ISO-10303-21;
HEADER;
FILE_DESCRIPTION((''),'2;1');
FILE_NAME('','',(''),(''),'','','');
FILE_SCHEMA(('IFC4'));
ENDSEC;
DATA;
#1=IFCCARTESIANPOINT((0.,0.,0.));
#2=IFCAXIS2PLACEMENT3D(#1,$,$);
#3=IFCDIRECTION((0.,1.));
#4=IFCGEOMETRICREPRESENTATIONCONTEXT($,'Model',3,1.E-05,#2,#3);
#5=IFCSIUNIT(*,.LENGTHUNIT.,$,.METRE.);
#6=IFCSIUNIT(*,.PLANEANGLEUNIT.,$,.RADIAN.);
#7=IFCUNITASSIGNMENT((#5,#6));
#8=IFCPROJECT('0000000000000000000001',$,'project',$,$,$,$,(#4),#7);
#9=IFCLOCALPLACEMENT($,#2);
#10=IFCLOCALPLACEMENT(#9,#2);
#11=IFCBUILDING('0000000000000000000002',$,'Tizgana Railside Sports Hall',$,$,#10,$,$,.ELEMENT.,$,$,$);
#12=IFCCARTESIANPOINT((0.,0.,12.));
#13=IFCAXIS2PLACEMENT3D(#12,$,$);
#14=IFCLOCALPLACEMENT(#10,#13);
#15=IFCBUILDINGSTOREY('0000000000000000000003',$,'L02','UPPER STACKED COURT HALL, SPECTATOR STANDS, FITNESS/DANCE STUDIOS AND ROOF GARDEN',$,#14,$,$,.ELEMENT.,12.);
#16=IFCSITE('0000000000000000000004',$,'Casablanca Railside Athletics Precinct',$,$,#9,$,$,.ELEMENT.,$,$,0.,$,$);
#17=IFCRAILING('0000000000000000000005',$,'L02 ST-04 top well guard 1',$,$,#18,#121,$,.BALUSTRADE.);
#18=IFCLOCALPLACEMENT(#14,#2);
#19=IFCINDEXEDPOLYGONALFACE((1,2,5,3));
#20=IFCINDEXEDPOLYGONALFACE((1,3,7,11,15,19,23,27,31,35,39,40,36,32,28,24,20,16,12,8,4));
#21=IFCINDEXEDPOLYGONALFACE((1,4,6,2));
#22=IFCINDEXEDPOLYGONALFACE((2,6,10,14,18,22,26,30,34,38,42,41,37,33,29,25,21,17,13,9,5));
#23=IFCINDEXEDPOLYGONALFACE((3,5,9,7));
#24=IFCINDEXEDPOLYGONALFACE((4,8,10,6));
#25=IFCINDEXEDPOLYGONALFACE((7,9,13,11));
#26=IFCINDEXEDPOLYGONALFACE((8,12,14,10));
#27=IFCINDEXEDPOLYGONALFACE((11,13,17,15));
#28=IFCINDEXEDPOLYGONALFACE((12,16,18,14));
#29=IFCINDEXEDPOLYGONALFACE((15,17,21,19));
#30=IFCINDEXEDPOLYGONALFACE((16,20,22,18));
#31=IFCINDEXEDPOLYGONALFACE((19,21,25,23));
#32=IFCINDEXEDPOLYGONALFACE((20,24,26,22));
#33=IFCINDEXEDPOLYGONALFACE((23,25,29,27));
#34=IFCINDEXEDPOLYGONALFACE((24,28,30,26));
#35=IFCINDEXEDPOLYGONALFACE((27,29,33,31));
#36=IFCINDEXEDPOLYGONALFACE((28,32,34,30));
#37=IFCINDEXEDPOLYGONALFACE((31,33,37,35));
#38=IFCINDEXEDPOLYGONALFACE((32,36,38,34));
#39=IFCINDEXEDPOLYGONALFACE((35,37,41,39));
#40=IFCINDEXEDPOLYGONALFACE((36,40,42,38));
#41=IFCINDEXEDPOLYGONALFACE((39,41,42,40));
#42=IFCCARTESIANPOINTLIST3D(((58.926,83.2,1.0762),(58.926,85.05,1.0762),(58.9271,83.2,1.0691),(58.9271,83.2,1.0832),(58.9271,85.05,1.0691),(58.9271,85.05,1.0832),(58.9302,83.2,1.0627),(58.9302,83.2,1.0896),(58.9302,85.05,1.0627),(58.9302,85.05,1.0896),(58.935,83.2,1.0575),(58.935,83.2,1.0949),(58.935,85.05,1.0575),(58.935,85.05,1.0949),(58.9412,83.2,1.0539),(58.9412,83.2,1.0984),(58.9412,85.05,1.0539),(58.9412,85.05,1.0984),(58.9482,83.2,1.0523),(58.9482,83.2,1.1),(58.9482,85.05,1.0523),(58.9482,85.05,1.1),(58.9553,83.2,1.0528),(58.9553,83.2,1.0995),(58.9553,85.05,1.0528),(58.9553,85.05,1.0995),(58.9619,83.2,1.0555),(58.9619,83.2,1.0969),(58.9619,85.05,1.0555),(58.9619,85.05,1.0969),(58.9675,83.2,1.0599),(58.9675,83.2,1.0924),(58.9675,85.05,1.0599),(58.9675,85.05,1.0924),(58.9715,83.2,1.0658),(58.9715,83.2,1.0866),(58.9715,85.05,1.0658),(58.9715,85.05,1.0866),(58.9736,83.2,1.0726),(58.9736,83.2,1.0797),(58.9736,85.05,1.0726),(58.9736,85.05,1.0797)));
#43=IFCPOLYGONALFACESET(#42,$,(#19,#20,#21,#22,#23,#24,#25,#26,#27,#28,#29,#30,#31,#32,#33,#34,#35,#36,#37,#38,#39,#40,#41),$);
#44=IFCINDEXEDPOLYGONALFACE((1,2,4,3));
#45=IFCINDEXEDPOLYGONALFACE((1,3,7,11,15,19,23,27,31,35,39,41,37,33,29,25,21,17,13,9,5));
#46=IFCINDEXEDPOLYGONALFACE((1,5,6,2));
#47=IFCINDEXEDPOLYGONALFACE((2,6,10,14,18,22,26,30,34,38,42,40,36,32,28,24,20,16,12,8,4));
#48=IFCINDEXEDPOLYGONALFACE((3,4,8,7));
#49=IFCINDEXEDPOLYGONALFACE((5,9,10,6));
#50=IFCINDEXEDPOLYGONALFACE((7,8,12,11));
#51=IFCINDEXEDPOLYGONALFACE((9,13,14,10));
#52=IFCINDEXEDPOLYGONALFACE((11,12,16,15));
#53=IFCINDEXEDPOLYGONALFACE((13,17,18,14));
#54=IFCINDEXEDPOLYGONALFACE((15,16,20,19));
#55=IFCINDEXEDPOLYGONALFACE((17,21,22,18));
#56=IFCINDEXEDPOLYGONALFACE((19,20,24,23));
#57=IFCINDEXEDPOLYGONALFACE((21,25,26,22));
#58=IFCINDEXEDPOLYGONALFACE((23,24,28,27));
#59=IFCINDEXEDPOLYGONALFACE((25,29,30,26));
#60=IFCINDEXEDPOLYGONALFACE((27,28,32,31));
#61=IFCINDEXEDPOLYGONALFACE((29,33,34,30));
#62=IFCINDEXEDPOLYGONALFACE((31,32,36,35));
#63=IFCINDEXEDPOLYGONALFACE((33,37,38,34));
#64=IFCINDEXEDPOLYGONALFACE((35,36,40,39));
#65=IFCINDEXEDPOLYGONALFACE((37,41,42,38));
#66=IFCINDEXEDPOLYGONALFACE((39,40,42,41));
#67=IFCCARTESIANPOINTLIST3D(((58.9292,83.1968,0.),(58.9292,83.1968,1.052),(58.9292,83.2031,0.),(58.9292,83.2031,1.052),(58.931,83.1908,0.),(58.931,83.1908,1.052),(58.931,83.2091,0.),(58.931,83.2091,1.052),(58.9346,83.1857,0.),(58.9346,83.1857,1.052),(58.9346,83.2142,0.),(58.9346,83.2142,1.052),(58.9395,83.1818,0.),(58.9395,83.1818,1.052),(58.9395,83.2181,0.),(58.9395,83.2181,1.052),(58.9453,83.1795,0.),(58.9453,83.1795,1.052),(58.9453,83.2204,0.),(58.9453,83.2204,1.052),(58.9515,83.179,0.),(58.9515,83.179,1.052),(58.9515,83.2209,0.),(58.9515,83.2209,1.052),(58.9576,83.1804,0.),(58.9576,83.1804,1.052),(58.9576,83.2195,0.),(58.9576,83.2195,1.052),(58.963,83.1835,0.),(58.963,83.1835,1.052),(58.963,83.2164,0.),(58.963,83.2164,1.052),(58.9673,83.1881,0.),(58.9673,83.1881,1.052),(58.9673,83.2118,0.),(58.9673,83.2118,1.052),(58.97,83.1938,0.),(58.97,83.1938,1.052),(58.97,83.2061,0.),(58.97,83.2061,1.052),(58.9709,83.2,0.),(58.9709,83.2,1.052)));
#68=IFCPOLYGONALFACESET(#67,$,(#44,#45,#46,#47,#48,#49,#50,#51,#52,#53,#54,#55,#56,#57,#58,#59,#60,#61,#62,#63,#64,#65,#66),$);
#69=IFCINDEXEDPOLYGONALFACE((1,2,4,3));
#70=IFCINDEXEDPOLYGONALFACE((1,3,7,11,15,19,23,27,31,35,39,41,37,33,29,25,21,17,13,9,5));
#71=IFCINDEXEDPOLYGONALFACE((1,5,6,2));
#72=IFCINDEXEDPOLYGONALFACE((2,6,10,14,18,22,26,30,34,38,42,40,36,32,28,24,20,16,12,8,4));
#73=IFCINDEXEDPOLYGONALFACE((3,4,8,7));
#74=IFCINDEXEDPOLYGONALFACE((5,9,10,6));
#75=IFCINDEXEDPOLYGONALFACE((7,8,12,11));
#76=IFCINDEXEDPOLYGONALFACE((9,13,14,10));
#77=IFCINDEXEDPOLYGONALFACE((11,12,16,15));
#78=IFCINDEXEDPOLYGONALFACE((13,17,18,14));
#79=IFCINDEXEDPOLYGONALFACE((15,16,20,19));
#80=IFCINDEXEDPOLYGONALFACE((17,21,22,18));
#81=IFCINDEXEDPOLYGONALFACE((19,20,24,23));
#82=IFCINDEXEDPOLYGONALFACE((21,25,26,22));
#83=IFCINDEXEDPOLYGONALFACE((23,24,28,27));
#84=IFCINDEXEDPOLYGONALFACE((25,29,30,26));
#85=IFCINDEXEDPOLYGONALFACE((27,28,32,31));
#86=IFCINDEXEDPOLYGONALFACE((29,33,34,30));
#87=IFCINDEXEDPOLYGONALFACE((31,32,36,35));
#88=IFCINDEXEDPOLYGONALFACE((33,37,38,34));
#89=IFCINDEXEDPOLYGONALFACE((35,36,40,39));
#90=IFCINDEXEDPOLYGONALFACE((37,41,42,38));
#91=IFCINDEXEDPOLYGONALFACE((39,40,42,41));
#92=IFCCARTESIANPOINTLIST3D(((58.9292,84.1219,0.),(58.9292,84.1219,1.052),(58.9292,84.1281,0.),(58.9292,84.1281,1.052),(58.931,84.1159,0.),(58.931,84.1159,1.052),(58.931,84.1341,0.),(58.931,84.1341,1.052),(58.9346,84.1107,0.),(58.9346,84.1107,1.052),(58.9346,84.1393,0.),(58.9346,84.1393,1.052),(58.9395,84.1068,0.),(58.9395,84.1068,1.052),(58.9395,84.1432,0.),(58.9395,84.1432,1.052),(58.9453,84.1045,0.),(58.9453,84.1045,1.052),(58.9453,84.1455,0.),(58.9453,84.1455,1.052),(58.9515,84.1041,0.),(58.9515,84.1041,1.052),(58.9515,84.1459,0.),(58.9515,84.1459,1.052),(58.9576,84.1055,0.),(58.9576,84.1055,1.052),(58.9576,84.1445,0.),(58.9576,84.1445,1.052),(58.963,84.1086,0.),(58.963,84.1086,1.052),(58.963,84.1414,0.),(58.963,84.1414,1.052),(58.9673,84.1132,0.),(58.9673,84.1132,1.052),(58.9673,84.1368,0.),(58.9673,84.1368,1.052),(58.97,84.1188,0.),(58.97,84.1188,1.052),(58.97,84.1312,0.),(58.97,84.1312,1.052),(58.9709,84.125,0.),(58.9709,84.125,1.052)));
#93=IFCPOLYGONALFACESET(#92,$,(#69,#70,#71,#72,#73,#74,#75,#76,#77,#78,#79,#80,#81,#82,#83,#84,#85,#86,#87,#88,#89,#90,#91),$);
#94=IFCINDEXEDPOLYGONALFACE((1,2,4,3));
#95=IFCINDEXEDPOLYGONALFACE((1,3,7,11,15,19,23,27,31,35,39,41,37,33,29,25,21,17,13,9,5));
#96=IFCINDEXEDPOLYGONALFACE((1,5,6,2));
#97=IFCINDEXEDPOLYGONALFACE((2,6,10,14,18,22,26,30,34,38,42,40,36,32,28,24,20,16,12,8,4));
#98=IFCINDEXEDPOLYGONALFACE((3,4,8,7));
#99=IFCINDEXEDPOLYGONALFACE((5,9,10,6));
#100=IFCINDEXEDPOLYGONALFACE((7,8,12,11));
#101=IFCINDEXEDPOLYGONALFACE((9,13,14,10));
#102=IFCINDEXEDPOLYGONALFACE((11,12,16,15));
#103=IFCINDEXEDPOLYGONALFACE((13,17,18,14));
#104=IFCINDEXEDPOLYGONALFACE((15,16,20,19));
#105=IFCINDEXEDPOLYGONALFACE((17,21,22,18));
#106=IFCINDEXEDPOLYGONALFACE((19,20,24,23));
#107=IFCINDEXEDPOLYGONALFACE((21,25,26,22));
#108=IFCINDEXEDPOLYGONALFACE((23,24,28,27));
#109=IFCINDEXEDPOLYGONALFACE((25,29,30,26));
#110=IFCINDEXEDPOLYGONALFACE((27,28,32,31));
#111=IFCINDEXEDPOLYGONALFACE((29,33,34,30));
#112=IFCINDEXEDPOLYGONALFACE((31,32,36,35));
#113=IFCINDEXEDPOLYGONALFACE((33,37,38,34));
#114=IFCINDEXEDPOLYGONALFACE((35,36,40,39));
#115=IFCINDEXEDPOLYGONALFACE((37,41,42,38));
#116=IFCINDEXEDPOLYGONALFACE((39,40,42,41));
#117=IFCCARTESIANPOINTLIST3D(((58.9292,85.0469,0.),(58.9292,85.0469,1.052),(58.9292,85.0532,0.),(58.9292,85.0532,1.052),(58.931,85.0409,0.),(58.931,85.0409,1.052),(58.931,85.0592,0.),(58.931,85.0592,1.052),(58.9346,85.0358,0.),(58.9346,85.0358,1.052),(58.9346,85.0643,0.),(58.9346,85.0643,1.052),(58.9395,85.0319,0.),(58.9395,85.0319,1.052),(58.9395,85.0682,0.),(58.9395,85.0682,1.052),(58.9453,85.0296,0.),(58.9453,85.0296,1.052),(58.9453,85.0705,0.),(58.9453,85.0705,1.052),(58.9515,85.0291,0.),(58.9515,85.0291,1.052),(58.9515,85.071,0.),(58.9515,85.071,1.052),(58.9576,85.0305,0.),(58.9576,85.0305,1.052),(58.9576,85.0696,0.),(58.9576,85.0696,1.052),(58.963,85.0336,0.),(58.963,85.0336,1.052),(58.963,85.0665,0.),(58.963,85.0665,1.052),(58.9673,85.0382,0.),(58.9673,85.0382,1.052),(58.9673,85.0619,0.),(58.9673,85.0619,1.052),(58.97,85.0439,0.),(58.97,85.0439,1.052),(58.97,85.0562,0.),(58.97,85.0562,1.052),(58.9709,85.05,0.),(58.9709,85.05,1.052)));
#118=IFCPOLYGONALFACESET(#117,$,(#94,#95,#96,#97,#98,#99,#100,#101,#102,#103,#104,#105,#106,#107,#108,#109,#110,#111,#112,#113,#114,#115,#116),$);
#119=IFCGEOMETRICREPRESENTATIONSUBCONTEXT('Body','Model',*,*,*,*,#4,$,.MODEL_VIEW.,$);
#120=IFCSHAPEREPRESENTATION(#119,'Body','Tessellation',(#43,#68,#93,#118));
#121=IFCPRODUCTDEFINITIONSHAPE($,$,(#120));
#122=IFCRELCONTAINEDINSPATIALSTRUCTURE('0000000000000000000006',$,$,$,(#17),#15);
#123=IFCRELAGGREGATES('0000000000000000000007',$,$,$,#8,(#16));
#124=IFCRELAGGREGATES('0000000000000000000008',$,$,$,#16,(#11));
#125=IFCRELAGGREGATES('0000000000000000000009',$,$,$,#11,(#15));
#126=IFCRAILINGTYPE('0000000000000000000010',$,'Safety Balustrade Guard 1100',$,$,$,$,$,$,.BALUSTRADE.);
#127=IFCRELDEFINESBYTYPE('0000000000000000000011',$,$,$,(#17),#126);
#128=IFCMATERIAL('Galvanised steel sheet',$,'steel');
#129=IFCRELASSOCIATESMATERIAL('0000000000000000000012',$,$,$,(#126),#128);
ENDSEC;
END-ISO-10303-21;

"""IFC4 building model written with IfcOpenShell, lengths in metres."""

from ifc_helpers import new_model, si_unit, direction, frame, origin, origin_2d, place, context, subcontext, project, spatial, circle, extrude, material, type_object, element, save


model = new_model("IFC4")

# Units and contexts
model_context = context("Model", 3, precision=1e-05, world=origin(), true_north=direction((0.0, 1.0)))
body_context = subcontext(model_context, "Body", "Model", "MODEL_VIEW")
ifc_project = project(units=[si_unit("LENGTHUNIT", "METRE"), si_unit("PLANEANGLEUNIT", "RADIAN")], contexts=[model_context])

# Site, building, storey
site_placement = place(None, origin())
site = spatial("IfcSite", under=ifc_project, at=site_placement, Name="Casablanca Railside Athletics Precinct", CompositionType="ELEMENT", RefElevation=0.0)
building_placement = place(site_placement, origin())
building = spatial("IfcBuilding", under=site, at=building_placement, Name="Tizgana Railside Sports Hall", CompositionType="ELEMENT")
storey_placement = place(building_placement, frame((0.0, 0.0, 12.0)))
storey = spatial("IfcBuildingStorey", under=building, at=storey_placement, Name="L02", Description="UPPER STACKED COURT HALL, SPECTATOR STANDS, FITNESS/DANCE STUDIOS AND ROOF GARDEN", CompositionType="ELEMENT", Elevation=12.0)

# Railing
ifc_material_1 = material(Name="Galvanised steel sheet", Category="steel")
railing_type_1 = type_object("IfcRailingType", Name="Safety Balustrade Guard 1100", PredefinedType="BALUSTRADE", material=ifc_material_1)
railing_1_placement = place(storey_placement, frame((58.95, 83.2, 0.0)))
element("IfcRailing", 1, at=railing_1_placement, inside=storey, type_object=railing_type_1, Name="L02 ST-04 top well guard 1", PredefinedType="BALUSTRADE", context=body_context, shape_type="SweptSolid", body=[
    extrude(circle(Radius=0.0239, at=origin_2d()), frame((0.0, 0.0, 1.0762), z_axis=(0.0, 1.0, 0.0), x_axis=(-1.0, 0.0, 0.0)), (0.0, 0.0, 1.0), 1.8501),
    extrude(circle(Radius=0.021, at=origin_2d()), origin(), (0.0, 0.0, 1.0), 1.052),
    extrude(circle(Radius=0.021, at=origin_2d()), frame((0.0, 0.925, 0.0)), (0.0, 0.0, 1.0), 1.052),
    extrude(circle(Radius=0.021, at=origin_2d()), frame((0.0, 1.8501, 0.0)), (0.0, 0.0, 1.0), 1.052),
])

save(model, "model.ifc")
